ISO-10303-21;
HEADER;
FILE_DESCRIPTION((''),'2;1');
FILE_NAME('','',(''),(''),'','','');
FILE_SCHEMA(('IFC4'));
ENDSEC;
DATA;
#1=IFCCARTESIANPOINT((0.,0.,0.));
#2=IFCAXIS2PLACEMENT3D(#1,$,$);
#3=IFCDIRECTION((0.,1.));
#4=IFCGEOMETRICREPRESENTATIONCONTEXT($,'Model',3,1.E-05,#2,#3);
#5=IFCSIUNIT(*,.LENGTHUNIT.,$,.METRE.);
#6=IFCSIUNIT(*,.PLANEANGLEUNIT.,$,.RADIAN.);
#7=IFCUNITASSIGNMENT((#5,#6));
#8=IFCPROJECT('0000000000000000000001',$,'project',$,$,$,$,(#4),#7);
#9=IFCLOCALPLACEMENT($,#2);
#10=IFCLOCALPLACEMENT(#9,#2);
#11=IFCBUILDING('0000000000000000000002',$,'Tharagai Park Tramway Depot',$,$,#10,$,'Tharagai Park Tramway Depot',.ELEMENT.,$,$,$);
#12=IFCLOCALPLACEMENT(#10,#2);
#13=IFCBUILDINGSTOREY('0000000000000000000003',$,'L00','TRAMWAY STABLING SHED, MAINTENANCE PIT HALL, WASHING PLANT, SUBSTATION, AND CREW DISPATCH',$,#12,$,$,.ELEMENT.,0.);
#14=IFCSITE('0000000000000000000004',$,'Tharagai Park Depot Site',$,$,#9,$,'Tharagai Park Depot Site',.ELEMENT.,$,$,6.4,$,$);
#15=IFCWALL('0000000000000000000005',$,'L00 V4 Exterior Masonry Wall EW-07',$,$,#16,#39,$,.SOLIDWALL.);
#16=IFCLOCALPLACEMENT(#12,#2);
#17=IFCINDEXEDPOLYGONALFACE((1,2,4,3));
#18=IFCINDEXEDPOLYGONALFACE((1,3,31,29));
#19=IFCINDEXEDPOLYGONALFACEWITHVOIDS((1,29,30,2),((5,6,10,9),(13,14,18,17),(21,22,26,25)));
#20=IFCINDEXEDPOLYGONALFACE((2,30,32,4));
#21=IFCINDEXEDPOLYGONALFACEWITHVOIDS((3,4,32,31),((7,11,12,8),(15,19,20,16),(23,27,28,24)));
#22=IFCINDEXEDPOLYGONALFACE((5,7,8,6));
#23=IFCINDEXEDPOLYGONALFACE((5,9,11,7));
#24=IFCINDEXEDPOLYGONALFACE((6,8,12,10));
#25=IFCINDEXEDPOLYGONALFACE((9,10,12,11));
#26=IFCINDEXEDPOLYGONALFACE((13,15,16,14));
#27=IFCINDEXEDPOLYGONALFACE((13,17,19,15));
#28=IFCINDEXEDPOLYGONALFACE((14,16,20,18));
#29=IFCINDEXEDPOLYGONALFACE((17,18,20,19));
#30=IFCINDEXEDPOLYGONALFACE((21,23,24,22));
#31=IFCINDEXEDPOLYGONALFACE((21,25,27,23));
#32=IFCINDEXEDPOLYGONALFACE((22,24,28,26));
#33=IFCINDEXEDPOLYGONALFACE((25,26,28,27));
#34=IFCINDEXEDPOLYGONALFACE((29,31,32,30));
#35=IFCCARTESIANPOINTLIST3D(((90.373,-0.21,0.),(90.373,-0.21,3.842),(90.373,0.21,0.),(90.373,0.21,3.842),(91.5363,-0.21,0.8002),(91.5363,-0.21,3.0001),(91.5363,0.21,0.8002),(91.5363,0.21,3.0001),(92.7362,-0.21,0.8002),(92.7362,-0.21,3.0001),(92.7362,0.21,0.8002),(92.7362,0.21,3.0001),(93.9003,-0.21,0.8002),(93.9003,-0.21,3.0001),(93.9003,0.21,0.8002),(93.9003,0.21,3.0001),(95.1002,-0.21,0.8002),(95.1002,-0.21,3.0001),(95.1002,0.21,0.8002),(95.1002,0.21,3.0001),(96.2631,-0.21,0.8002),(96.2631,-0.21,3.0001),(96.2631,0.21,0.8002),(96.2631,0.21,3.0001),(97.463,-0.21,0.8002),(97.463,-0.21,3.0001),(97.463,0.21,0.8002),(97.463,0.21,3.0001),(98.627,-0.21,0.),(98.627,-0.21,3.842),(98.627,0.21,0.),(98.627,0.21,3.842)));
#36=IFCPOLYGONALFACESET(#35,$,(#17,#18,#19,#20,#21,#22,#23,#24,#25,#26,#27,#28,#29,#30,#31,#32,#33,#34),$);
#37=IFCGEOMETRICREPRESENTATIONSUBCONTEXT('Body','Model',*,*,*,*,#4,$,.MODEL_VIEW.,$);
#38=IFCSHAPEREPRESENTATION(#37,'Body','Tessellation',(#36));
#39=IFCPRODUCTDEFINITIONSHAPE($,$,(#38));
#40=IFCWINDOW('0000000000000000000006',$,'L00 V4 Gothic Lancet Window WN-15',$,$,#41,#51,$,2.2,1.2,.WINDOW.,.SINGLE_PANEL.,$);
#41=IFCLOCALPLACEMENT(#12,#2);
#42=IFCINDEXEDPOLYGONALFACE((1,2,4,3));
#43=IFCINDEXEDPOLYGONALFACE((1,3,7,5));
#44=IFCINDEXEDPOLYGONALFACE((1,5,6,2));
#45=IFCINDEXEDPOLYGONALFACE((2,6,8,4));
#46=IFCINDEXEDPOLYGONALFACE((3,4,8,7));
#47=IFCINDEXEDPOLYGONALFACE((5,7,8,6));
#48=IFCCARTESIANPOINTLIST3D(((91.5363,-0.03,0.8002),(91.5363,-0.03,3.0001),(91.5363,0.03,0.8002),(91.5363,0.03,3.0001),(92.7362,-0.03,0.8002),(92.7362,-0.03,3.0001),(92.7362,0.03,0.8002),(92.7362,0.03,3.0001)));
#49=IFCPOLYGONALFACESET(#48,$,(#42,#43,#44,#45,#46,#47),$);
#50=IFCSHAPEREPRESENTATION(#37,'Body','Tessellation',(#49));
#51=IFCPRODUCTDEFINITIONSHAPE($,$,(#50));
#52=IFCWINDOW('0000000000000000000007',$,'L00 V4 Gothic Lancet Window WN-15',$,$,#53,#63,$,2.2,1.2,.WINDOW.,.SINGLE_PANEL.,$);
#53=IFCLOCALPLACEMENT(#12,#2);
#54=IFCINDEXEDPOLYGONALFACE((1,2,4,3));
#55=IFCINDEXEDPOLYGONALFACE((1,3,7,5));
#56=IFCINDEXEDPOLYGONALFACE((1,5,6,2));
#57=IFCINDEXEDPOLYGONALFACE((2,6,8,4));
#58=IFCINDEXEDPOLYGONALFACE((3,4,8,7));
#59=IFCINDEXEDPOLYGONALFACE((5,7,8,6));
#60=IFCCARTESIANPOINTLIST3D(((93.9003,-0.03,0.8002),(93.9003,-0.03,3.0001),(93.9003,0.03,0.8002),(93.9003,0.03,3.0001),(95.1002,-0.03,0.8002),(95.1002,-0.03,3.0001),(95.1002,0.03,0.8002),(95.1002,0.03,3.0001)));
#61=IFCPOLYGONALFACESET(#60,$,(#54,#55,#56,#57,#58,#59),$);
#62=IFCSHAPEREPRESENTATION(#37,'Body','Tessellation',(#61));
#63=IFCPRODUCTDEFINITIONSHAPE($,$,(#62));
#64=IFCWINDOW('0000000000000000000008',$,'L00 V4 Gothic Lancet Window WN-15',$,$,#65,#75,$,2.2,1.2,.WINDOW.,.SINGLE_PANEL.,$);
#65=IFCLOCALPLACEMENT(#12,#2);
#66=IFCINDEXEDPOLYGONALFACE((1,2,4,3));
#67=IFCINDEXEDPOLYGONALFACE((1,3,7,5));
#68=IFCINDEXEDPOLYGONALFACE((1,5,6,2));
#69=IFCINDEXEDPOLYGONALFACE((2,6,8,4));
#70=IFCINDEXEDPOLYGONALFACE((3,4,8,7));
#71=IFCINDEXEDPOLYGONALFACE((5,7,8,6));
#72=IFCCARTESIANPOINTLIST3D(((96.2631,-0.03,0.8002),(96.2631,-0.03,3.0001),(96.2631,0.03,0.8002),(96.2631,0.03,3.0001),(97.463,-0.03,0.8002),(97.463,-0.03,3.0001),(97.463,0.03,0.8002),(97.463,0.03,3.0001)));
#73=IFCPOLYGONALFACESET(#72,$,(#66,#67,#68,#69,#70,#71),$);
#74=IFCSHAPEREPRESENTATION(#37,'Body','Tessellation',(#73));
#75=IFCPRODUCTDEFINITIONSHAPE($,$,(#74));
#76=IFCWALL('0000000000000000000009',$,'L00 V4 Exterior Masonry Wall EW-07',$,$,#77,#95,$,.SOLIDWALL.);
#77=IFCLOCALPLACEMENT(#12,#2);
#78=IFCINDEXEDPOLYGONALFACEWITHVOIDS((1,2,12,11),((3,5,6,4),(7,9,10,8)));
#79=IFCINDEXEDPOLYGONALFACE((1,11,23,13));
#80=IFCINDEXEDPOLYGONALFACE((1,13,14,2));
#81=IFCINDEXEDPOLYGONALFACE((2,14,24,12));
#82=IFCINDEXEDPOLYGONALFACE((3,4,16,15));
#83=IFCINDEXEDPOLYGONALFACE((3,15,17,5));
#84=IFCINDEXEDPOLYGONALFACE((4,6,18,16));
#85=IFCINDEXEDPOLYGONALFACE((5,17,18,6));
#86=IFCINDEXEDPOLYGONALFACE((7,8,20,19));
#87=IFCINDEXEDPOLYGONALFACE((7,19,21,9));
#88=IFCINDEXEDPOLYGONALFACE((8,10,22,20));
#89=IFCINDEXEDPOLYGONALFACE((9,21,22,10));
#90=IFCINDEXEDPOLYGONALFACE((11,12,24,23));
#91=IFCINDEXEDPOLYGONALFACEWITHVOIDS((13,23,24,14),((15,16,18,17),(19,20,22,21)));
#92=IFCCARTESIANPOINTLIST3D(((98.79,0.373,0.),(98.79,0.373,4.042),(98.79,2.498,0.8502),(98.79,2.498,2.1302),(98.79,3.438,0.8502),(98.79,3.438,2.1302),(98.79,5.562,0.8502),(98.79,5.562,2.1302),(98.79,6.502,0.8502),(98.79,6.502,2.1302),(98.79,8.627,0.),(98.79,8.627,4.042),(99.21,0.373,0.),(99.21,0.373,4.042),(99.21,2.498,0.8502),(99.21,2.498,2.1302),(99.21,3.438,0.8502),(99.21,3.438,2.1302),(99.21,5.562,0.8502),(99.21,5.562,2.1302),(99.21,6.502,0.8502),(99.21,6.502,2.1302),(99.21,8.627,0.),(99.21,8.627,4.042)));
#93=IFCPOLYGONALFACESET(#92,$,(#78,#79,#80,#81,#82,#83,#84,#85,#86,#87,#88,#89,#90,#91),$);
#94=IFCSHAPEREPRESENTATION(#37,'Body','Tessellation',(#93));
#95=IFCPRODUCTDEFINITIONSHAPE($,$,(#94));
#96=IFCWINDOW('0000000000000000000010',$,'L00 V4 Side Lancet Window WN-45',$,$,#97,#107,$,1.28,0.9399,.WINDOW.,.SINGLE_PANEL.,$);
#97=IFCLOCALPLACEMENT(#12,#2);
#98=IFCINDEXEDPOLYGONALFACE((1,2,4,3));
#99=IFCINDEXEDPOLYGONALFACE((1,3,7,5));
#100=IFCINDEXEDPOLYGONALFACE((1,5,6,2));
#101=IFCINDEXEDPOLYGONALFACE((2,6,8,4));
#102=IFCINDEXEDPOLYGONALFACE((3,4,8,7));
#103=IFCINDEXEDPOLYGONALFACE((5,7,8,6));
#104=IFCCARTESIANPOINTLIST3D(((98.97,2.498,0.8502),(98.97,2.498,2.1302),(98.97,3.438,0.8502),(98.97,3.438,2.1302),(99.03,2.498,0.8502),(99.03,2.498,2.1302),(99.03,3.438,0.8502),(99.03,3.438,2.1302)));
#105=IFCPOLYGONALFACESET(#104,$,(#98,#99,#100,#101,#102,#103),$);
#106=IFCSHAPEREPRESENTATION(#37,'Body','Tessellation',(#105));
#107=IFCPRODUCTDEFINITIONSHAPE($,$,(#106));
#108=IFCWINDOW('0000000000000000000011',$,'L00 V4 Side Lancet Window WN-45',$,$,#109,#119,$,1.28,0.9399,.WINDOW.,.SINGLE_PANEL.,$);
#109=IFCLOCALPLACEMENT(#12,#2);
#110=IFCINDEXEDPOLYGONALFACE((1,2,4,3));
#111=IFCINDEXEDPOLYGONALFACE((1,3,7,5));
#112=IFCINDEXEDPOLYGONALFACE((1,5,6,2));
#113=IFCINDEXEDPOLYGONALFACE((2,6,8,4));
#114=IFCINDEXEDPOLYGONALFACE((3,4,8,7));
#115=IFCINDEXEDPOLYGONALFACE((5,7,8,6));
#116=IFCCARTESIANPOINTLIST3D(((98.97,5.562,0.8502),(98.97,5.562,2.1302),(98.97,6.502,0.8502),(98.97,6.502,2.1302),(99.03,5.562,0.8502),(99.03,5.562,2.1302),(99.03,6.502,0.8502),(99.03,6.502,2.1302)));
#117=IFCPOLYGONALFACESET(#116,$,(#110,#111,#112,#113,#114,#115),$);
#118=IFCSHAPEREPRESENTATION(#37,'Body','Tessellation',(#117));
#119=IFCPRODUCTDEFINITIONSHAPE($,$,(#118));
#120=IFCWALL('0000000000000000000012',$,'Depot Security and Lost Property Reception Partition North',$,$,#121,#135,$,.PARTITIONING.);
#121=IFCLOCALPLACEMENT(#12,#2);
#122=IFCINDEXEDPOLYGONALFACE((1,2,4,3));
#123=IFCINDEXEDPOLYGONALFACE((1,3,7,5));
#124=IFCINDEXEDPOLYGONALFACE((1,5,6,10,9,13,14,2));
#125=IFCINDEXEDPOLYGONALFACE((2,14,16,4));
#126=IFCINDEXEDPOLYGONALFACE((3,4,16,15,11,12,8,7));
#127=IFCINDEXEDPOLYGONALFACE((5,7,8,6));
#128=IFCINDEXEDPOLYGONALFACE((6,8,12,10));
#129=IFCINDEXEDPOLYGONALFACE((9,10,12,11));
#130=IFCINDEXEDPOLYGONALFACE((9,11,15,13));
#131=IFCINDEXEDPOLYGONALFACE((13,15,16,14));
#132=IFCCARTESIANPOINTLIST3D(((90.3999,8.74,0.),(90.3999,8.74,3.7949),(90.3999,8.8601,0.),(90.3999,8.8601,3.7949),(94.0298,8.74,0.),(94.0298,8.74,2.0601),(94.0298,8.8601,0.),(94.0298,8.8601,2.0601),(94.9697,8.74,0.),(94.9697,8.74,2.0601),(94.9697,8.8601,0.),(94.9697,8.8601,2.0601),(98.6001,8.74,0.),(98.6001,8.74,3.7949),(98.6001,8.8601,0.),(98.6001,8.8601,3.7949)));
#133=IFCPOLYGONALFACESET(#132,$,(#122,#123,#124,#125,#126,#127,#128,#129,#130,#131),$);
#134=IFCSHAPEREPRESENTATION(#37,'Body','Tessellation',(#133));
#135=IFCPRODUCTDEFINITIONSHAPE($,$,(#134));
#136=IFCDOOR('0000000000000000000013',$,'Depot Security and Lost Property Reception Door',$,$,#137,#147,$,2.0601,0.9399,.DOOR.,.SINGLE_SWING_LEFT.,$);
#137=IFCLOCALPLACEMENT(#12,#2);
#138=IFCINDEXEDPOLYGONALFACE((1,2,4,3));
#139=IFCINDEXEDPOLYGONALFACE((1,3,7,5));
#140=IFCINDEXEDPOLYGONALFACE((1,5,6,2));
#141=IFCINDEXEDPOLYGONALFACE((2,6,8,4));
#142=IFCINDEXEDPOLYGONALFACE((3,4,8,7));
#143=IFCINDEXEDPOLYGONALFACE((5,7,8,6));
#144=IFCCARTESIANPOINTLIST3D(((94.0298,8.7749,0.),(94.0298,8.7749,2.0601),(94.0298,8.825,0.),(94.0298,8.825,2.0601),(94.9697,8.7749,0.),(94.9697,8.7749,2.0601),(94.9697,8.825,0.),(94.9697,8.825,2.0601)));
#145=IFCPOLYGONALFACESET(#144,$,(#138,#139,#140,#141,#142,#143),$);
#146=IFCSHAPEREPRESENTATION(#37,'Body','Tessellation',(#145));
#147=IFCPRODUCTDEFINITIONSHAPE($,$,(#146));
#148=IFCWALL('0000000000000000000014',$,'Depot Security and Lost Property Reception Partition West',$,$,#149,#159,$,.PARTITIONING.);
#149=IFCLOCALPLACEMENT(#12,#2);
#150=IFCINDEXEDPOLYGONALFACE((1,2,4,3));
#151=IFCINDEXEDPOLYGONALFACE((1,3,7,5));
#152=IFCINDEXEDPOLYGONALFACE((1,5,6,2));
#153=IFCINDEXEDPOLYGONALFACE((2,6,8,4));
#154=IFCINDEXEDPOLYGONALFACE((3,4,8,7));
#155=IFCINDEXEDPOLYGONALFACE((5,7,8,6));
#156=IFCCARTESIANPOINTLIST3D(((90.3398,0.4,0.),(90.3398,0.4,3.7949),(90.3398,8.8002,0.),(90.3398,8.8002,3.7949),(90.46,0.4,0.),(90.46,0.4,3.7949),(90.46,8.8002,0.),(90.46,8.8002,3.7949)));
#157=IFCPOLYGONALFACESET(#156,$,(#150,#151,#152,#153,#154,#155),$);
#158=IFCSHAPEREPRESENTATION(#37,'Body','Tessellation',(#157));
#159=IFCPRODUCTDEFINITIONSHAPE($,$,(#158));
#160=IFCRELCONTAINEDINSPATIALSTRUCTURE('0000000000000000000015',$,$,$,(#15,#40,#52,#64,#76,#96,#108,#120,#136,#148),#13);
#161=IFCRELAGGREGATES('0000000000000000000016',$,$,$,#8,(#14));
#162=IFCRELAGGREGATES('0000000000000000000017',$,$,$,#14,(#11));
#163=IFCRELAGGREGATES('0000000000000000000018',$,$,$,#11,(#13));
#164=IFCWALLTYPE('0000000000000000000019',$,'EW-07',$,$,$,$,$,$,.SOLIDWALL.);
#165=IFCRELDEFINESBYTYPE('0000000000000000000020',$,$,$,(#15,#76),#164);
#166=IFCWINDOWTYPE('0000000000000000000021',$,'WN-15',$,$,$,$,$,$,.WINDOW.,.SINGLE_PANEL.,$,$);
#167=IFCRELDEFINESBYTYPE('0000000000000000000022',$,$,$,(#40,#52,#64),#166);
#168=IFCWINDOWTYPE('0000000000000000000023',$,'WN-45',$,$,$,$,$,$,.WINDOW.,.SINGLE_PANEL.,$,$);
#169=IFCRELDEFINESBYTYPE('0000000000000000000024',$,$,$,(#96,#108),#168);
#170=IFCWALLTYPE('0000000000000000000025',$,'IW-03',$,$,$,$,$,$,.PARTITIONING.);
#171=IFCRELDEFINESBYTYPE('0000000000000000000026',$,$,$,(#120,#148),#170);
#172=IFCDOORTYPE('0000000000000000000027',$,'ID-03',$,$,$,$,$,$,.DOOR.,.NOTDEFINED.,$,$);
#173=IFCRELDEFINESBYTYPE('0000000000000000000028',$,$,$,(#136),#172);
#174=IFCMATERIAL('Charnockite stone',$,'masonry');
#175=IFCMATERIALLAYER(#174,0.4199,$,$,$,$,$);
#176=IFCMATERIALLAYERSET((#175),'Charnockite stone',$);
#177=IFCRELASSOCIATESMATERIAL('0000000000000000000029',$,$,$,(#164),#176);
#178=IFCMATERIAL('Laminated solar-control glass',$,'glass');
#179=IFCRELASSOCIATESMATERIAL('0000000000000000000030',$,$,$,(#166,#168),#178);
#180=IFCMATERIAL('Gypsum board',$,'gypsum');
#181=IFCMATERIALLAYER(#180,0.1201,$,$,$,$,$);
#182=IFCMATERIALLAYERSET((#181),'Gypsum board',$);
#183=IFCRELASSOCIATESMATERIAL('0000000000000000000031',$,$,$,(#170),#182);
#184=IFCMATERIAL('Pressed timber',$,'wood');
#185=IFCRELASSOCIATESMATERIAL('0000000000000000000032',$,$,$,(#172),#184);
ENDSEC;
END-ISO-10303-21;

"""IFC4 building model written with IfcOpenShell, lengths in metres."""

from ifc_helpers import new_model, si_unit, direction, frame, frame_2d, origin, place, context, subcontext, project, spatial, rectangle, extrude, material, layer, layer_set, type_object, element, fill, save


model = new_model("IFC4")

# Units and contexts
model_context = context("Model", 3, precision=1e-05, world=origin(), true_north=direction((0.0, 1.0)))
body_context = subcontext(model_context, "Body", "Model", "MODEL_VIEW")
ifc_project = project(units=[si_unit("LENGTHUNIT", "METRE"), si_unit("PLANEANGLEUNIT", "RADIAN")], contexts=[model_context])

# Site, building, storey
site_placement = place(None, origin())
site = spatial("IfcSite", under=ifc_project, at=site_placement, Name="Tharagai Park Depot Site", LongName="Tharagai Park Depot Site", CompositionType="ELEMENT", RefElevation=6.4)
building_placement = place(site_placement, origin())
building = spatial("IfcBuilding", under=site, at=building_placement, Name="Tharagai Park Tramway Depot", LongName="Tharagai Park Tramway Depot", CompositionType="ELEMENT")
storey_placement = place(building_placement, origin())
storey = spatial("IfcBuildingStorey", under=building, at=storey_placement, Name="L00", Description="TRAMWAY STABLING SHED, MAINTENANCE PIT HALL, WASHING PLANT, SUBSTATION, AND CREW DISPATCH", CompositionType="ELEMENT", Elevation=0.0)

# Walls, openings, windows
ifc_material_1 = material(Name="Charnockite stone", Category="masonry")
ifc_layer_1 = layer(ifc_material_1, 0.4199)
ifc_layer_set_1 = layer_set([ifc_layer_1], Name="Charnockite stone")
wall_type_1 = type_object("IfcWallType", Name="EW-07", PredefinedType="SOLIDWALL", material=ifc_layer_set_1)
wall_1_placement = place(storey_placement, frame((90.373, 0.0, 0.0), z_axis=(0.0, 0.0, 1.0), x_axis=(1.0, 0.0, 0.0)))
wall_1 = element("IfcWall", 1, at=wall_1_placement, inside=storey, type_object=wall_type_1, Name="L00 V4 Exterior Masonry Wall EW-07", PredefinedType="SOLIDWALL", context=body_context, shape_type="SweptSolid", body=[
    extrude(rectangle(XDim=8.2539, YDim=0.4199, at=frame_2d((4.127, 0.0))), origin(), (0.0, 0.0, 1.0), 3.842),
])
opening_1_placement = place(wall_1_placement, frame((1.1631, 0.0, 0.8)))
opening_1 = element("IfcOpeningElement", 2, at=opening_1_placement, cuts=wall_1, PredefinedType="OPENING", context=body_context, shape_type="SweptSolid", body=[
    extrude(rectangle(XDim=1.2, YDim=2.2, at=frame_2d((0.6001, 1.1001))), frame((0.0, 0.22, 0.0), z_axis=(0.0, -1.0, 0.0), x_axis=(1.0, 0.0, 0.0)), (0.0, 0.0, 1.0), 0.4399),
])
opening_2_placement = place(wall_1_placement, frame((3.5271, 0.0, 0.8)))
opening_2 = element("IfcOpeningElement", 3, at=opening_2_placement, cuts=wall_1, PredefinedType="OPENING", context=body_context, shape_type="SweptSolid", body=[
    extrude(rectangle(XDim=1.2, YDim=2.2, at=frame_2d((0.6001, 1.1001))), frame((0.0, 0.22, 0.0), z_axis=(0.0, -1.0, 0.0), x_axis=(1.0, 0.0, 0.0)), (0.0, 0.0, 1.0), 0.4399),
])
opening_3_placement = place(wall_1_placement, frame((5.8899, 0.0, 0.8)))
opening_3 = element("IfcOpeningElement", 4, at=opening_3_placement, cuts=wall_1, PredefinedType="OPENING", context=body_context, shape_type="SweptSolid", body=[
    extrude(rectangle(XDim=1.2, YDim=2.2, at=frame_2d((0.6001, 1.1001))), frame((0.0, 0.22, 0.0), z_axis=(0.0, -1.0, 0.0), x_axis=(1.0, 0.0, 0.0)), (0.0, 0.0, 1.0), 0.4399),
])
ifc_material_2 = material(Name="Laminated solar-control glass", Category="glass")
window_type_1 = type_object("IfcWindowType", Name="WN-15", PartitioningType="SINGLE_PANEL", PredefinedType="WINDOW", material=ifc_material_2)
window_1_placement = place(opening_1_placement, origin())
window_1 = element("IfcWindow", 5, at=window_1_placement, inside=storey, type_object=window_type_1, Name="L00 V4 Gothic Lancet Window WN-15", OverallHeight=2.2, OverallWidth=1.2, PartitioningType="SINGLE_PANEL", PredefinedType="WINDOW", context=body_context, shape_type="SweptSolid", body=[
    extrude(rectangle(XDim=1.2, YDim=2.2, at=frame_2d((0.6001, 1.1001))), frame((0.0, 0.03, 0.0), z_axis=(0.0, -1.0, 0.0), x_axis=(1.0, 0.0, 0.0)), (0.0, 0.0, 1.0), 0.0601),
])
fill(opening_1, window_1)
window_2_placement = place(opening_2_placement, origin())
window_2 = element("IfcWindow", 6, at=window_2_placement, inside=storey, type_object=window_type_1, Name="L00 V4 Gothic Lancet Window WN-15", OverallHeight=2.2, OverallWidth=1.2, PartitioningType="SINGLE_PANEL", PredefinedType="WINDOW", context=body_context, shape_type="SweptSolid", body=[
    extrude(rectangle(XDim=1.2, YDim=2.2, at=frame_2d((0.6001, 1.1001))), frame((0.0, 0.03, 0.0), z_axis=(0.0, -1.0, 0.0), x_axis=(1.0, 0.0, 0.0)), (0.0, 0.0, 1.0), 0.0601),
])
fill(opening_2, window_2)
window_3_placement = place(opening_3_placement, origin())
window_3 = element("IfcWindow", 7, at=window_3_placement, inside=storey, type_object=window_type_1, Name="L00 V4 Gothic Lancet Window WN-15", OverallHeight=2.2, OverallWidth=1.2, PartitioningType="SINGLE_PANEL", PredefinedType="WINDOW", context=body_context, shape_type="SweptSolid", body=[
    extrude(rectangle(XDim=1.2, YDim=2.2, at=frame_2d((0.6001, 1.1001))), frame((0.0, 0.03, 0.0), z_axis=(0.0, -1.0, 0.0), x_axis=(1.0, 0.0, 0.0)), (0.0, 0.0, 1.0), 0.0601),
])
fill(opening_3, window_3)
wall_2_placement = place(storey_placement, frame((99.0, 0.373, 0.0), z_axis=(0.0, 0.0, 1.0), x_axis=(0.0, 1.0, 0.0)))
wall_2 = element("IfcWall", 8, at=wall_2_placement, inside=storey, type_object=wall_type_1, Name="L00 V4 Exterior Masonry Wall EW-07", PredefinedType="SOLIDWALL", context=body_context, shape_type="SweptSolid", body=[
    extrude(rectangle(XDim=8.2539, YDim=0.4199, at=frame_2d((4.127, 0.0))), origin(), (0.0, 0.0, 1.0), 4.042),
])
opening_4_placement = place(wall_2_placement, frame((2.125, 0.0, 0.8501)))
opening_4 = element("IfcOpeningElement", 9, at=opening_4_placement, cuts=wall_2, PredefinedType="OPENING", context=body_context, shape_type="SweptSolid", body=[
    extrude(rectangle(XDim=0.9399, YDim=1.28, at=frame_2d((0.47, 0.6401))), frame((0.0, 0.22, 0.0), z_axis=(0.0, -1.0, 0.0), x_axis=(1.0, 0.0, 0.0)), (0.0, 0.0, 1.0), 0.4399),
])
opening_5_placement = place(wall_2_placement, frame((5.189, 0.0, 0.8501)))
opening_5 = element("IfcOpeningElement", 10, at=opening_5_placement, cuts=wall_2, PredefinedType="OPENING", context=body_context, shape_type="SweptSolid", body=[
    extrude(rectangle(XDim=0.9399, YDim=1.28, at=frame_2d((0.47, 0.6401))), frame((0.0, 0.22, 0.0), z_axis=(0.0, -1.0, 0.0), x_axis=(1.0, 0.0, 0.0)), (0.0, 0.0, 1.0), 0.4399),
])
window_type_2 = type_object("IfcWindowType", Name="WN-45", PartitioningType="SINGLE_PANEL", PredefinedType="WINDOW", material=ifc_material_2)
window_4_placement = place(opening_4_placement, origin())
window_4 = element("IfcWindow", 11, at=window_4_placement, inside=storey, type_object=window_type_2, Name="L00 V4 Side Lancet Window WN-45", OverallHeight=1.28, OverallWidth=0.9399, PartitioningType="SINGLE_PANEL", PredefinedType="WINDOW", context=body_context, shape_type="SweptSolid", body=[
    extrude(rectangle(XDim=0.9399, YDim=1.28, at=frame_2d((0.47, 0.6401))), frame((0.0, 0.03, 0.0), z_axis=(0.0, -1.0, 0.0), x_axis=(1.0, 0.0, 0.0)), (0.0, 0.0, 1.0), 0.0601),
])
fill(opening_4, window_4)
window_5_placement = place(opening_5_placement, origin())
window_5 = element("IfcWindow", 12, at=window_5_placement, inside=storey, type_object=window_type_2, Name="L00 V4 Side Lancet Window WN-45", OverallHeight=1.28, OverallWidth=0.9399, PartitioningType="SINGLE_PANEL", PredefinedType="WINDOW", context=body_context, shape_type="SweptSolid", body=[
    extrude(rectangle(XDim=0.9399, YDim=1.28, at=frame_2d((0.47, 0.6401))), frame((0.0, 0.03, 0.0), z_axis=(0.0, -1.0, 0.0), x_axis=(1.0, 0.0, 0.0)), (0.0, 0.0, 1.0), 0.0601),
])
fill(opening_5, window_5)

# Wall, opening, door
ifc_material_3 = material(Name="Gypsum board", Category="gypsum")
ifc_layer_2 = layer(ifc_material_3, 0.1201)
ifc_layer_set_2 = layer_set([ifc_layer_2], Name="Gypsum board")
wall_type_2 = type_object("IfcWallType", Name="IW-03", PredefinedType="PARTITIONING", material=ifc_layer_set_2)
wall_3_placement = place(storey_placement, frame((90.3999, 8.8, 0.0), z_axis=(0.0, 0.0, 1.0), x_axis=(1.0, 0.0, 0.0)))
wall_3 = element("IfcWall", 13, at=wall_3_placement, inside=storey, type_object=wall_type_2, Name="Depot Security and Lost Property Reception Partition North", PredefinedType="PARTITIONING", context=body_context, shape_type="SweptSolid", body=[
    extrude(rectangle(XDim=8.2002, YDim=0.1201, at=frame_2d((4.1001, 0.0))), origin(), (0.0, 0.0, 1.0), 3.7949),
])
opening_6_placement = place(wall_3_placement, frame((3.6299, 0.0, 0.0)))
opening_6 = element("IfcOpeningElement", 14, at=opening_6_placement, cuts=wall_3, PredefinedType="OPENING", context=body_context, shape_type="SweptSolid", body=[
    extrude(rectangle(XDim=0.9399, YDim=2.0601, at=frame_2d((0.47, 1.03))), frame((0.0, 0.0701, 0.0), z_axis=(0.0, -1.0, 0.0), x_axis=(1.0, 0.0, 0.0)), (0.0, 0.0, 1.0), 0.1401),
])
ifc_material_4 = material(Name="Pressed timber", Category="wood")
door_type = type_object("IfcDoorType", Name="ID-03", OperationType="NOTDEFINED", PredefinedType="DOOR", material=ifc_material_4)
door_placement = place(opening_6_placement, origin())
door = element("IfcDoor", 15, at=door_placement, inside=storey, type_object=door_type, Name="Depot Security and Lost Property Reception Door", OperationType="SINGLE_SWING_LEFT", OverallHeight=2.0601, OverallWidth=0.9399, PredefinedType="DOOR", context=body_context, shape_type="SweptSolid", body=[
    extrude(rectangle(XDim=0.9399, YDim=2.0601, at=frame_2d((0.47, 1.03))), frame((0.0, 0.0249, 0.0), z_axis=(0.0, -1.0, 0.0), x_axis=(1.0, 0.0, 0.0)), (0.0, 0.0, 1.0), 0.05),
])
fill(opening_6, door)

# Wall
wall_4_placement = place(storey_placement, frame((90.3999, 0.3999, 0.0), z_axis=(0.0, 0.0, 1.0), x_axis=(0.0, 1.0, 0.0)))
element("IfcWall", 16, at=wall_4_placement, inside=storey, type_object=wall_type_2, Name="Depot Security and Lost Property Reception Partition West", PredefinedType="PARTITIONING", context=body_context, shape_type="SweptSolid", body=[
    extrude(rectangle(XDim=8.4001, YDim=0.1201, at=frame_2d((4.2002, 0.0))), origin(), (0.0, 0.0, 1.0), 3.7949),
])

save(model, "model.ifc")
